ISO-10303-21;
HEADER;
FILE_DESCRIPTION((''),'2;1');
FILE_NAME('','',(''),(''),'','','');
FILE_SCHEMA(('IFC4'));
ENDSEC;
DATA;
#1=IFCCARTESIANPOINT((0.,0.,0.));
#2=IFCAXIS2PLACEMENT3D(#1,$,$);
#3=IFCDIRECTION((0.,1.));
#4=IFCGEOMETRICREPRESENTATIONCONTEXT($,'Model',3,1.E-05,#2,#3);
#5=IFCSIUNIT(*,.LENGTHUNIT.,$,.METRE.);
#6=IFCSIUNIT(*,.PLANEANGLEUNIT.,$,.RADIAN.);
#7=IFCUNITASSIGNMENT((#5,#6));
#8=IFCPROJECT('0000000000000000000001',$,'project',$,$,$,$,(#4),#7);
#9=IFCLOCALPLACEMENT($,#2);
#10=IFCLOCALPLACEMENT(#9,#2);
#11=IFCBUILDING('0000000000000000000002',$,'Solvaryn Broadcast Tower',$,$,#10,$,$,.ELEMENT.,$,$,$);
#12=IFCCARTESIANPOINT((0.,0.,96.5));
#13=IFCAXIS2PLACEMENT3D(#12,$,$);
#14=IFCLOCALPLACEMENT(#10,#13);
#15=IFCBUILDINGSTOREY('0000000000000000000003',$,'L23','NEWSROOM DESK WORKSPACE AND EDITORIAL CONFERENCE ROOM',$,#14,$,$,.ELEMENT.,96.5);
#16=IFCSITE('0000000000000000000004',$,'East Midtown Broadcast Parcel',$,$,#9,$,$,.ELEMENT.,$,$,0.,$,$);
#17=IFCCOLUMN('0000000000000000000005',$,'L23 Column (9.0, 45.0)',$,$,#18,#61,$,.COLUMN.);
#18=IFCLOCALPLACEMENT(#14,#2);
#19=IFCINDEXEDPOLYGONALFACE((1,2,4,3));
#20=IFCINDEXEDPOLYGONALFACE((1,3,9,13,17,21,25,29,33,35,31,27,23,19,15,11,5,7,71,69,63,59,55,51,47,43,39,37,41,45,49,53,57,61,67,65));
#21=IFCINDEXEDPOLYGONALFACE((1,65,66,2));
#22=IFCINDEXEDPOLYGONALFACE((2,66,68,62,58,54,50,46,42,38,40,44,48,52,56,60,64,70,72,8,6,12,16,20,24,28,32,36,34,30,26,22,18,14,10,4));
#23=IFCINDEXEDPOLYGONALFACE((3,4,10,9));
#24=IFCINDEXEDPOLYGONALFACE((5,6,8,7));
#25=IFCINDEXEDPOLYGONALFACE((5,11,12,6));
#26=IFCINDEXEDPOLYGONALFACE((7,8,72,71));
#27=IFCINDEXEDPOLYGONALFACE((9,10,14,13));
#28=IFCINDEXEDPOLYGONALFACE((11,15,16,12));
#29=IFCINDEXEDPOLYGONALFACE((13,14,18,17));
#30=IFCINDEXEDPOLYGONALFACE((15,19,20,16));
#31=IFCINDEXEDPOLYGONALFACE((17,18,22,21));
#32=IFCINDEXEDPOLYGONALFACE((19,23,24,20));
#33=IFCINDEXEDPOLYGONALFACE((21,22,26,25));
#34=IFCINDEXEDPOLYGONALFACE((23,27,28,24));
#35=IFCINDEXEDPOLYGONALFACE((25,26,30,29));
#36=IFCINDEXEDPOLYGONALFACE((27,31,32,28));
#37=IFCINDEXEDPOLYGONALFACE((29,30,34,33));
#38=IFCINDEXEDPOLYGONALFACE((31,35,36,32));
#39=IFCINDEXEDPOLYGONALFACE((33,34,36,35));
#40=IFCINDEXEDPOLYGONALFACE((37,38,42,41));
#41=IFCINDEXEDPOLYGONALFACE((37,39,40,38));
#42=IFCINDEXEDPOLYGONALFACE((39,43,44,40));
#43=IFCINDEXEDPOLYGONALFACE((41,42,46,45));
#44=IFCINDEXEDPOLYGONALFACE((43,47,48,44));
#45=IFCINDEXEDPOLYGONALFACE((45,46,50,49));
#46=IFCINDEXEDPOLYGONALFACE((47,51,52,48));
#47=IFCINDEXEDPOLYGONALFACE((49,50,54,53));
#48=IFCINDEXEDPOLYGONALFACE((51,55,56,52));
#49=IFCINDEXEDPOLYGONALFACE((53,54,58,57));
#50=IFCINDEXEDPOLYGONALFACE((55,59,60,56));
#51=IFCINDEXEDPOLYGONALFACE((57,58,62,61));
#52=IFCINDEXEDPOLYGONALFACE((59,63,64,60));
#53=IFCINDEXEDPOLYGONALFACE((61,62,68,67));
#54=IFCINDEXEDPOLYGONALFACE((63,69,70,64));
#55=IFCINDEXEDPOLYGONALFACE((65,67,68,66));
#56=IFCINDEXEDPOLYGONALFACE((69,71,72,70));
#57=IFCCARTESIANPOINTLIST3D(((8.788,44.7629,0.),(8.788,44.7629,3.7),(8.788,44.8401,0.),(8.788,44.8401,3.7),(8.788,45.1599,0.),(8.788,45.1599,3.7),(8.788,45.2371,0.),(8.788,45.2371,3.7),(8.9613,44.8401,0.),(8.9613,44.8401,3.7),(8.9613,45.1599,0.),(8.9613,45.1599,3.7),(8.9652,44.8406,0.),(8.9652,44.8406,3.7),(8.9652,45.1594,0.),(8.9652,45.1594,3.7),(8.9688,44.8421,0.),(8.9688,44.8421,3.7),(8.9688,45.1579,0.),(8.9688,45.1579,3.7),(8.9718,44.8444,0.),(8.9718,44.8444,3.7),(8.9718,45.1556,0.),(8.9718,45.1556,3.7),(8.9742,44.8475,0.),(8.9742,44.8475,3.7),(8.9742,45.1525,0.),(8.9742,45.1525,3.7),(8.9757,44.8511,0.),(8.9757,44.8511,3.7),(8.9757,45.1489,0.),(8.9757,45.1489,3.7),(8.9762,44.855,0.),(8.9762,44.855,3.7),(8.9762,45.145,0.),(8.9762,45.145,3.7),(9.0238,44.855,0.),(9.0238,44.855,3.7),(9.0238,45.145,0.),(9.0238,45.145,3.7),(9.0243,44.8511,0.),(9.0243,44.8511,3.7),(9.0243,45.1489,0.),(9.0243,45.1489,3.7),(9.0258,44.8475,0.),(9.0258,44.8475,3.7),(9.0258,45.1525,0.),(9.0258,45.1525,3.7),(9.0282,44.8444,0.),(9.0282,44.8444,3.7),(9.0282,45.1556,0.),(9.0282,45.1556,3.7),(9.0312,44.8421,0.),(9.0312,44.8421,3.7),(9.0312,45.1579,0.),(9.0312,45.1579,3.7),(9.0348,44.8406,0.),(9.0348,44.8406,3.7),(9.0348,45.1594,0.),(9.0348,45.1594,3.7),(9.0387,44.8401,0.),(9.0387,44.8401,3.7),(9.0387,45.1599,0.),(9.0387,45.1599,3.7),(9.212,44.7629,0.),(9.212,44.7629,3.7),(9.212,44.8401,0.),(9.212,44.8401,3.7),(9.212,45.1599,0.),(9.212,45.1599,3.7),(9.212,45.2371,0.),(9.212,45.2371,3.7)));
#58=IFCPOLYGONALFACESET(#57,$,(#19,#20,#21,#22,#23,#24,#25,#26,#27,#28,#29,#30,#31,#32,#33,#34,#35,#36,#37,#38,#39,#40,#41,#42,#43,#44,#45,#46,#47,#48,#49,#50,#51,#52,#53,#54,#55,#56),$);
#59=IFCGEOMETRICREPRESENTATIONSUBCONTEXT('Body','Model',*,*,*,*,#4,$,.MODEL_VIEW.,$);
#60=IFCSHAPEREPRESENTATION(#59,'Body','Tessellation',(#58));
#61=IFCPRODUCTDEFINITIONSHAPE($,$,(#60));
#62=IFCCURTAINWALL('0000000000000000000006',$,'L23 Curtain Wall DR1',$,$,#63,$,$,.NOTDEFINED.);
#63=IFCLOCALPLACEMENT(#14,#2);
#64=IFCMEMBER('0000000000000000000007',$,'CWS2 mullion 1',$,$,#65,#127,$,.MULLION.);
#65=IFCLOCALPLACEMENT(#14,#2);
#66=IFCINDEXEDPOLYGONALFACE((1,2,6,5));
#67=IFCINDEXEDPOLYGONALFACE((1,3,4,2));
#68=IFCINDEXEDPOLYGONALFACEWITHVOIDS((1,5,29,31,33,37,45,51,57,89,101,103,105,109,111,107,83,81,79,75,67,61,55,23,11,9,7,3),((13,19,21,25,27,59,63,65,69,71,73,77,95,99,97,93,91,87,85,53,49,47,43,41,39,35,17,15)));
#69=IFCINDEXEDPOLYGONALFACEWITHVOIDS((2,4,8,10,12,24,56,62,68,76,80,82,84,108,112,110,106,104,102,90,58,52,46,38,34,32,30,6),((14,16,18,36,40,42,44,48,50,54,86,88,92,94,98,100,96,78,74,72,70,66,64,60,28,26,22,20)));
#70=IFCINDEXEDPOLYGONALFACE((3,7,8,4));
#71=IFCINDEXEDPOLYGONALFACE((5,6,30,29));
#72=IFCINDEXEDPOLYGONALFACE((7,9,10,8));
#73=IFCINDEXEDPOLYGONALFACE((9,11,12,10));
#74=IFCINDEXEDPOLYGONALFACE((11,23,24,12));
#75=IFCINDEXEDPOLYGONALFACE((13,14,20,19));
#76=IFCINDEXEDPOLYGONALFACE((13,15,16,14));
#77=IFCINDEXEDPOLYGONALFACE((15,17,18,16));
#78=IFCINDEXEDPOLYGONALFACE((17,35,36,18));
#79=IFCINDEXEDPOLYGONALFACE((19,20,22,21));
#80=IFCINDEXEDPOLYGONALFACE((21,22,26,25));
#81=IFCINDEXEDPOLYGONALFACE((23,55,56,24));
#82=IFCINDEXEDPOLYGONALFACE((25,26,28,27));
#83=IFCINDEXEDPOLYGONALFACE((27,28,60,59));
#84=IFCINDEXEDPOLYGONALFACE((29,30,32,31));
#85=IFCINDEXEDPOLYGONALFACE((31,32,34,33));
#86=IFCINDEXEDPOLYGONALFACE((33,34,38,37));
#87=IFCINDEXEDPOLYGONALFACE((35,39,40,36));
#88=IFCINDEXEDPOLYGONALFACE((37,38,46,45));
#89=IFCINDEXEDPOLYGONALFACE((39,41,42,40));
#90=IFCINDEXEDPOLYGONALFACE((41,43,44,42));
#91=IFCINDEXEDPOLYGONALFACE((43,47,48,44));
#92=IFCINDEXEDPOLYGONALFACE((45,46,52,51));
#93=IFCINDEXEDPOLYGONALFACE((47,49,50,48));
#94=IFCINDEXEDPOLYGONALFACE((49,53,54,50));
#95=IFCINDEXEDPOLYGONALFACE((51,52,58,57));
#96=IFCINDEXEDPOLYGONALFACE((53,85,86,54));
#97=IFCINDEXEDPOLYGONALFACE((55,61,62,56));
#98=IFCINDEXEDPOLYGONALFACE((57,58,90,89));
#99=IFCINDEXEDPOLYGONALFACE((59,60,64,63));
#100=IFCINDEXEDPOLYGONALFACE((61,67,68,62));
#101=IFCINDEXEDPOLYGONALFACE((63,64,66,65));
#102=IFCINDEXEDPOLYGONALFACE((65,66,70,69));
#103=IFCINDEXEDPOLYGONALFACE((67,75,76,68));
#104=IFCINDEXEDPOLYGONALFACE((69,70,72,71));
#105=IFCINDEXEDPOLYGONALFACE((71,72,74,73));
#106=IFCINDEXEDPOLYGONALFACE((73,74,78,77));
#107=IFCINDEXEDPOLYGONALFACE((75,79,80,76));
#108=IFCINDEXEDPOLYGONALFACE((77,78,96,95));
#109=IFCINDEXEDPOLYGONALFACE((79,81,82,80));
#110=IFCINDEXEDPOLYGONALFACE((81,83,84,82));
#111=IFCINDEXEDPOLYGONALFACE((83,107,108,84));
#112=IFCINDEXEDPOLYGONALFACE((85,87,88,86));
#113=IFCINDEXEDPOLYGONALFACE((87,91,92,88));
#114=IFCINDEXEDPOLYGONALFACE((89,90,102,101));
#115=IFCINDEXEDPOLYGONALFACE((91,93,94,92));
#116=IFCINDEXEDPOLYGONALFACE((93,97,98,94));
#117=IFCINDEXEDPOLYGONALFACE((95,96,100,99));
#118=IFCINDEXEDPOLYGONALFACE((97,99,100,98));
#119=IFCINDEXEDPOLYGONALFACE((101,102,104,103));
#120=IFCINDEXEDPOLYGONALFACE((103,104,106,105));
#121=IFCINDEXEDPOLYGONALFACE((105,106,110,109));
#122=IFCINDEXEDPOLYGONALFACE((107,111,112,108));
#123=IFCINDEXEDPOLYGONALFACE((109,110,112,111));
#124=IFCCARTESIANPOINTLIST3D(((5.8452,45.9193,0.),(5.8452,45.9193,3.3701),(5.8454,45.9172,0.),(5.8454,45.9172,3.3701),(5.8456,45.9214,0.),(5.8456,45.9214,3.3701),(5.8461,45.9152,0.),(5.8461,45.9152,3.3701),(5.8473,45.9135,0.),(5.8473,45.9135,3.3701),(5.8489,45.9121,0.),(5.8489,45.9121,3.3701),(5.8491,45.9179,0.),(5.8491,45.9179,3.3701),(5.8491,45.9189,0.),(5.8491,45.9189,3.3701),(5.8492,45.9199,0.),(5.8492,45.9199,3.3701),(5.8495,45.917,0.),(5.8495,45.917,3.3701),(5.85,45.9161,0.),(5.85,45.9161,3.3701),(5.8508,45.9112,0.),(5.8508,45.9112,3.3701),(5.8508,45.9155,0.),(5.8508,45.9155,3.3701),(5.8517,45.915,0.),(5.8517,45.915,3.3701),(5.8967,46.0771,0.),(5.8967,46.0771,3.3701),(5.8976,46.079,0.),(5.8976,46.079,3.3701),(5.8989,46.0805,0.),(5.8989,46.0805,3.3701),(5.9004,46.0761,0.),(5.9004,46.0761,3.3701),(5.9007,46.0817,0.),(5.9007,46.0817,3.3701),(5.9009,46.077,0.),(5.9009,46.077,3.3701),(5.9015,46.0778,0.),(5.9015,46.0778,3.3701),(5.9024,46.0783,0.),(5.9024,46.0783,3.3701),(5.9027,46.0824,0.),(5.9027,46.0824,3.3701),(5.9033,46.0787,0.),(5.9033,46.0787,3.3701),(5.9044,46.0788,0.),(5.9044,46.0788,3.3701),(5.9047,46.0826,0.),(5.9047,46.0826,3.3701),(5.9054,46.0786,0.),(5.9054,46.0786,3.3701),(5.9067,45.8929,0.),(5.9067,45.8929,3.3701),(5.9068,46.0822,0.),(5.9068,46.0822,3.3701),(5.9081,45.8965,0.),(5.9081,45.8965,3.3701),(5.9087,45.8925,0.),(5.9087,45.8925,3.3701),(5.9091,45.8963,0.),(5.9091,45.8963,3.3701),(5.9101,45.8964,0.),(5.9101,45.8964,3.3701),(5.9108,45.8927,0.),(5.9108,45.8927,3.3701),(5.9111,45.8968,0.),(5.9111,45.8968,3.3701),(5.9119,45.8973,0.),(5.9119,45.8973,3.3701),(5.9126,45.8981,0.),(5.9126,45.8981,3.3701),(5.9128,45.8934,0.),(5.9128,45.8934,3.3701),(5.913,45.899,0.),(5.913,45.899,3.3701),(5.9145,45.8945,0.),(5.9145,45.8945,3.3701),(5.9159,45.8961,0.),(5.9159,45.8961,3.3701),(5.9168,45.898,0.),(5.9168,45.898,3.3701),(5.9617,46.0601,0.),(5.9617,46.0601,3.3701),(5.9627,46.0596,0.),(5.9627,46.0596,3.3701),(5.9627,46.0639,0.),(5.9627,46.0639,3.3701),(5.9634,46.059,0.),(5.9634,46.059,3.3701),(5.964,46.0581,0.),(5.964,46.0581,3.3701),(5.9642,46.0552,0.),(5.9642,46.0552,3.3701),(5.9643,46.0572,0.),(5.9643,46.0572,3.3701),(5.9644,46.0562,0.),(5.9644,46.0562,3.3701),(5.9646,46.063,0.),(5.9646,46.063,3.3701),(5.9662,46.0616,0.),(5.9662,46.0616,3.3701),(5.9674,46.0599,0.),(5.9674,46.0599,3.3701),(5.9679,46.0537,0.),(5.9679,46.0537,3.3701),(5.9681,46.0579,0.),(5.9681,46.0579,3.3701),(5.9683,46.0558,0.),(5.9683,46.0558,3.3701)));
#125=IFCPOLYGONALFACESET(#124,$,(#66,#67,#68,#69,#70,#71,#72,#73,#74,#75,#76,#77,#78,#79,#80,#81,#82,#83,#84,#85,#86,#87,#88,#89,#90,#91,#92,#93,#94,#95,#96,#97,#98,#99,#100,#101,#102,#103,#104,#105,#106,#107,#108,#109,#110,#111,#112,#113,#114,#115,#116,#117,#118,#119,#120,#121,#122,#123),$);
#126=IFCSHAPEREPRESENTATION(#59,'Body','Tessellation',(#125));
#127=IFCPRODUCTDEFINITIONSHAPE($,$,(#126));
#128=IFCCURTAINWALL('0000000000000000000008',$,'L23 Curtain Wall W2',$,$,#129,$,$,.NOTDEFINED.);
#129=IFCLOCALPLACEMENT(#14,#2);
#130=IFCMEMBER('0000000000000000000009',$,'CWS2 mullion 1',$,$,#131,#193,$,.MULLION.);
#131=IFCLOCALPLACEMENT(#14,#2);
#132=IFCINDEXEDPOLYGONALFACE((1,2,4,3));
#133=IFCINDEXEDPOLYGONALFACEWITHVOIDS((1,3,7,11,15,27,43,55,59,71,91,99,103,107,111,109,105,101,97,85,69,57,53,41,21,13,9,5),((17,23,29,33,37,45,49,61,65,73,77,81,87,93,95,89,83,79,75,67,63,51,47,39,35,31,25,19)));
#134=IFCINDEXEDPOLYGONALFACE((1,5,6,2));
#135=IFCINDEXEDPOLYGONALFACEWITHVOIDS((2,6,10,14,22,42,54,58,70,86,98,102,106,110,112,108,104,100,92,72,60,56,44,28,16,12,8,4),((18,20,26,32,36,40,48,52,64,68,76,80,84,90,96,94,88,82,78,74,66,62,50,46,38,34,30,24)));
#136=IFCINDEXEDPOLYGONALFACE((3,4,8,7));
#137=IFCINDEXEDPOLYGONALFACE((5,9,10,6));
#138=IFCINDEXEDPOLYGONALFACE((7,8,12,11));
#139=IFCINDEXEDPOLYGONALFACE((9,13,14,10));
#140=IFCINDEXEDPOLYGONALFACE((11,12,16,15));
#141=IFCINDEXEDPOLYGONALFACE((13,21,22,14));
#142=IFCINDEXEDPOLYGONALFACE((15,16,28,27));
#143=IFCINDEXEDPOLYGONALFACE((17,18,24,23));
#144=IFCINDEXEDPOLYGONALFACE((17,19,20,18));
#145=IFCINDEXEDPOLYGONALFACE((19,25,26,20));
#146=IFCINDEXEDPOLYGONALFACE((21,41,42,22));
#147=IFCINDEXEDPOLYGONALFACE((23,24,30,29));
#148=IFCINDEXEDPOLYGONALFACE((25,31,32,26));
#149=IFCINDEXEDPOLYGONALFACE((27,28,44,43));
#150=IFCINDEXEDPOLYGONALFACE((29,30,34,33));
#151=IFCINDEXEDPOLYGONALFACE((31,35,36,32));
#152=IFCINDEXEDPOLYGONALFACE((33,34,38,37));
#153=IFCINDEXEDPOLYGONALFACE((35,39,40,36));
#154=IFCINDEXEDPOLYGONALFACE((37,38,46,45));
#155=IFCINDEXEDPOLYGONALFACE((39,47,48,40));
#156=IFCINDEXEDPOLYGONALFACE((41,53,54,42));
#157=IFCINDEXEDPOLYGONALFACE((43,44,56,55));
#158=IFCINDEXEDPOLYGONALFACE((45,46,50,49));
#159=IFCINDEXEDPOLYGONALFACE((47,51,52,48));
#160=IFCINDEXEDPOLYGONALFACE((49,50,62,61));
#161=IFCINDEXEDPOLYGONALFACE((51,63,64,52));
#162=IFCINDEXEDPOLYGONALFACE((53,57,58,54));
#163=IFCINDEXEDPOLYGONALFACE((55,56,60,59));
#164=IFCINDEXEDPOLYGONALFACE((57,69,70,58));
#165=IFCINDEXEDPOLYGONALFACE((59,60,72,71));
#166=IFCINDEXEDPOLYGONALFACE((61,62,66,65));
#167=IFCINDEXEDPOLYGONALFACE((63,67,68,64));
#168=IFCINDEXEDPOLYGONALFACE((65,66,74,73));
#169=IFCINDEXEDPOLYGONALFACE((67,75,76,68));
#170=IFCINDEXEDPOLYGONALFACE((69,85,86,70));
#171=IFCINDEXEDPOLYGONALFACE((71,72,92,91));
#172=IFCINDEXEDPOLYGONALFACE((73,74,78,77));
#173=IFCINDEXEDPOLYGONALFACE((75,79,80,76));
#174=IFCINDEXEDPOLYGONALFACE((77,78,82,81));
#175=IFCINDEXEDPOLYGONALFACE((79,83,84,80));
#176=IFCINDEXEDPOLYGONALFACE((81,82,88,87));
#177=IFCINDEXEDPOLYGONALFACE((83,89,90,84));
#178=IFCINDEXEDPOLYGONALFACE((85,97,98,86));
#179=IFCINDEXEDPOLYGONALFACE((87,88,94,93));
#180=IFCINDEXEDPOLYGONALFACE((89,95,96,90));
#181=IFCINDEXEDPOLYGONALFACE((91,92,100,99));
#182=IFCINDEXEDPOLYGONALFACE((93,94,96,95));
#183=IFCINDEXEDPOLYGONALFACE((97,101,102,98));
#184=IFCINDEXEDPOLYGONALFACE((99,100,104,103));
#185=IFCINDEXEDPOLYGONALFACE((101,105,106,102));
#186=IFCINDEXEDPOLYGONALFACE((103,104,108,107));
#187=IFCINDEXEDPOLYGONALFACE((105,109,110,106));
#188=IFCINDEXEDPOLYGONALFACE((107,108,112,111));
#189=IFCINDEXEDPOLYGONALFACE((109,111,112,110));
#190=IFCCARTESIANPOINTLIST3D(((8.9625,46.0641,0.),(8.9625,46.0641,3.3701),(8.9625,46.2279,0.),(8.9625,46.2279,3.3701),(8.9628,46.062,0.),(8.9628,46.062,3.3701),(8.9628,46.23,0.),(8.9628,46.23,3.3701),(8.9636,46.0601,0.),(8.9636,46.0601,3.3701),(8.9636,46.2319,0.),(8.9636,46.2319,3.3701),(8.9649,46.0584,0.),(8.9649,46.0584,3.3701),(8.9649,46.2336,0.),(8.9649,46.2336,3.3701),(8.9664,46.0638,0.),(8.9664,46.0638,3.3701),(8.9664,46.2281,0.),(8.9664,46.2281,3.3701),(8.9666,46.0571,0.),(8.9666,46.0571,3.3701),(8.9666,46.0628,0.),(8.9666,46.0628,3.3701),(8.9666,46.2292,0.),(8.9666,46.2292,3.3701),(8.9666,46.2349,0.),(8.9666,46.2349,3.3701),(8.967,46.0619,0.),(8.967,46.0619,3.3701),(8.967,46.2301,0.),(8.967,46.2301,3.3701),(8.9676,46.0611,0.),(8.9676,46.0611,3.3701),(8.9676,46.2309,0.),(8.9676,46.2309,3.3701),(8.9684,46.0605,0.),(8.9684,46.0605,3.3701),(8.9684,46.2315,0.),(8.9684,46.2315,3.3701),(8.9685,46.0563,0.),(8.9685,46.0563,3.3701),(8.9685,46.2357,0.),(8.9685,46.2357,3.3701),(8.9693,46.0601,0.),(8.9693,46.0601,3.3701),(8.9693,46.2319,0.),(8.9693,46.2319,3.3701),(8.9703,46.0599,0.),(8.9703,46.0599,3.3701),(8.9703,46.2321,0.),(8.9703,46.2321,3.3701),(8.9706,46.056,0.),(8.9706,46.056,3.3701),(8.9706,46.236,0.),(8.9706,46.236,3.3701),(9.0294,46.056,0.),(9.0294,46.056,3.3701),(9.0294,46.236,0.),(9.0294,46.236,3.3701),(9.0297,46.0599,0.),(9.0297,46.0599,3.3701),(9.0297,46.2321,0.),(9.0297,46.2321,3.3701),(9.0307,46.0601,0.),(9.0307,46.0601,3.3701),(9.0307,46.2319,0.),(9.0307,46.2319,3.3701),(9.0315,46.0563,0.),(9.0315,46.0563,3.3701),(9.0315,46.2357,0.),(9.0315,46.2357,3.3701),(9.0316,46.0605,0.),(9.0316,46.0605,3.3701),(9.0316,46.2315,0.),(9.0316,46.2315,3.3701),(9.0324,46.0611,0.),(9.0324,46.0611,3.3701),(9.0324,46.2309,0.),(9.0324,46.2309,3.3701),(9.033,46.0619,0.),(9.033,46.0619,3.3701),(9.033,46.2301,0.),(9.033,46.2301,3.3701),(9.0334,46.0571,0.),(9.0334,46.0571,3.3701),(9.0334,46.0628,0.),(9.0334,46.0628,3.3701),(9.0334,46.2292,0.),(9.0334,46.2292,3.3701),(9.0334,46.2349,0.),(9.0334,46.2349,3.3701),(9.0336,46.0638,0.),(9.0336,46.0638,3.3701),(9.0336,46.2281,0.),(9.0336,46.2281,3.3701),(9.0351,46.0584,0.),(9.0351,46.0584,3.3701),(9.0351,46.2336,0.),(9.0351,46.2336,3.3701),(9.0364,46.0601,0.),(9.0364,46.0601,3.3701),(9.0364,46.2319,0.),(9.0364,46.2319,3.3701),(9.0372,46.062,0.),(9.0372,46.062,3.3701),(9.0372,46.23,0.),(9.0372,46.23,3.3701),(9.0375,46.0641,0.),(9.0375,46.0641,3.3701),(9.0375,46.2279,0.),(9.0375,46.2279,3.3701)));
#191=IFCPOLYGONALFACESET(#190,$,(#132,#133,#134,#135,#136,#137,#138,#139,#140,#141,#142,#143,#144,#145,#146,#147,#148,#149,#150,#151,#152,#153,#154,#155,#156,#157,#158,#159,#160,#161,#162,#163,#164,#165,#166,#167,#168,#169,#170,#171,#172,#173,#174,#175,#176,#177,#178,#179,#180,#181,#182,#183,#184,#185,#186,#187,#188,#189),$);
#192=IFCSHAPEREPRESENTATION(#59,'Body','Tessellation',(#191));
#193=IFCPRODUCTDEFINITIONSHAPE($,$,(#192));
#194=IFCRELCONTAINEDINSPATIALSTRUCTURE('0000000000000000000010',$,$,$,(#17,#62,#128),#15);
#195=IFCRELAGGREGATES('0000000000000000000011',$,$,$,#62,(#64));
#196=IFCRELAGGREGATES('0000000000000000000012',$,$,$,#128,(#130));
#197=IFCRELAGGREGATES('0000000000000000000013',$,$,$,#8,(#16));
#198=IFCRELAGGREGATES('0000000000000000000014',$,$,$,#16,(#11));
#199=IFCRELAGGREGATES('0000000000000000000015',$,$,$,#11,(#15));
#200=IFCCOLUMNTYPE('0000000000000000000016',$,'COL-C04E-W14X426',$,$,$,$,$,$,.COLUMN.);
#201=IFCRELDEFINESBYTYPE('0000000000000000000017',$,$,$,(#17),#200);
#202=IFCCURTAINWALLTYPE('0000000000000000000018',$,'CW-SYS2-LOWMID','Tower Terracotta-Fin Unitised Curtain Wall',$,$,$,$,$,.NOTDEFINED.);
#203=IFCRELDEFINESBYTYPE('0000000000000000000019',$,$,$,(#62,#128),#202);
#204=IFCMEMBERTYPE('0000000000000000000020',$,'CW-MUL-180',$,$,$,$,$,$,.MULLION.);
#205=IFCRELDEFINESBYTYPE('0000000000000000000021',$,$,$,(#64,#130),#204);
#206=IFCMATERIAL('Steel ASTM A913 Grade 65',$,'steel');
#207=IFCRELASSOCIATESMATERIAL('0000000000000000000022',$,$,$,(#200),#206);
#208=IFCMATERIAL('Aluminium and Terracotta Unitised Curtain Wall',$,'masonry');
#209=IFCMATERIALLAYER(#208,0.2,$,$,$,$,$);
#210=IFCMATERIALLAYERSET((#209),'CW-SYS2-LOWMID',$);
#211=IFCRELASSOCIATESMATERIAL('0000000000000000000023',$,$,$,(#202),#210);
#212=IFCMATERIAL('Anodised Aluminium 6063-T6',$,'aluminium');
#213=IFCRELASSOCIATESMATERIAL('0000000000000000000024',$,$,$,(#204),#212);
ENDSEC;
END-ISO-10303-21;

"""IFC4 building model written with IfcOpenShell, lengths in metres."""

from ifc_helpers import new_model, si_unit, direction, frame, origin, origin_2d, place, context, subcontext, project, spatial, hollow_rectangle, i_section, extrude, material, layer, layer_set, material_profile, profile_set, type_object, element, aggregate, save


model = new_model("IFC4")

# Units and contexts
model_context = context("Model", 3, precision=1e-05, world=origin(), true_north=direction((0.0, 1.0)))
body_context = subcontext(model_context, "Body", "Model", "MODEL_VIEW")
ifc_project = project(units=[si_unit("LENGTHUNIT", "METRE"), si_unit("PLANEANGLEUNIT", "RADIAN")], contexts=[model_context])

# Site, building, storey
site_placement = place(None, origin())
site = spatial("IfcSite", under=ifc_project, at=site_placement, Name="East Midtown Broadcast Parcel", CompositionType="ELEMENT", RefElevation=0.0)
building_placement = place(site_placement, origin())
building = spatial("IfcBuilding", under=site, at=building_placement, Name="Solvaryn Broadcast Tower", CompositionType="ELEMENT")
storey_placement = place(building_placement, frame((0.0, 0.0, 96.5)))
storey = spatial("IfcBuildingStorey", under=building, at=storey_placement, Name="L23", Description="NEWSROOM DESK WORKSPACE AND EDITORIAL CONFERENCE ROOM", CompositionType="ELEMENT", Elevation=96.5)

# Column
ifc_material_1 = material(Name="Steel ASTM A913 Grade 65", Category="steel")
ifc_material_profile_1 = material_profile(ifc_material_1, i_section(OverallWidth=0.4241, OverallDepth=0.4741, WebThickness=0.0476, FlangeThickness=0.0771, FilletRadius=0.0149, at=origin_2d()))
ifc_profile_set_1 = profile_set([ifc_material_profile_1], Name="Steel ASTM A913 Grade 65")
column_type = type_object("IfcColumnType", Name="COL-C04E-W14X426", PredefinedType="COLUMN", material=ifc_profile_set_1)
column_placement = place(storey_placement, frame((9.0, 45.0, 0.0), z_axis=(0.0, 0.0, 1.0), x_axis=(1.0, 0.0, 0.0)))
element("IfcColumn", 1, at=column_placement, inside=storey, type_object=column_type, Name="L23 Column (9.0, 45.0)", PredefinedType="COLUMN", context=body_context, shape_type="SweptSolid", body=[
    extrude(i_section(OverallWidth=0.4241, OverallDepth=0.4741, WebThickness=0.0476, FlangeThickness=0.0771, FilletRadius=0.0149, at=origin_2d()), origin(), (0.0, 0.0, 1.0), 3.7),
])

# Curtain wall, member
ifc_material_2 = material(Name="Aluminium and Terracotta Unitised Curtain Wall", Category="masonry")
ifc_layer_1 = layer(ifc_material_2, 0.2)
ifc_layer_set_1 = layer_set([ifc_layer_1], Name="CW-SYS2-LOWMID")
curtain_wall_type = type_object("IfcCurtainWallType", Name="CW-SYS2-LOWMID", Description="Tower Terracotta-Fin Unitised Curtain Wall", PredefinedType="NOTDEFINED", material=ifc_layer_set_1)
curtain_wall_1_placement = place(storey_placement, origin())
curtain_wall_1 = element("IfcCurtainWall", 2, at=curtain_wall_1_placement, inside=storey, type_object=curtain_wall_type, Name="L23 Curtain Wall DR1", PredefinedType="NOTDEFINED")
ifc_material_3 = material(Name="Anodised Aluminium 6063-T6", Category="aluminium")
ifc_material_profile_2 = material_profile(ifc_material_3, hollow_rectangle(XDim=0.075, YDim=0.1799, WallThickness=0.0039, InnerFilletRadius=0.0039, OuterFilletRadius=0.0081, at=origin_2d()))
ifc_profile_set_2 = profile_set([ifc_material_profile_2], Name="Anodised Aluminium 6063-T6")
member_type_1 = type_object("IfcMemberType", Name="CW-MUL-180", PredefinedType="MULLION", material=ifc_profile_set_2)
member_1_placement = place(storey_placement, frame((5.9067, 45.9875, 0.0), z_axis=(0.0, 0.0, 1.0), x_axis=(0.950215, -0.311594, 0.0)))
member_1 = element("IfcMember", 3, at=member_1_placement, type_object=member_type_1, Name="CWS2 mullion 1", PredefinedType="MULLION", context=body_context, shape_type="SweptSolid", body=[
    extrude(hollow_rectangle(XDim=0.075, YDim=0.1799, WallThickness=0.0039, InnerFilletRadius=0.0039, OuterFilletRadius=0.0081, at=origin_2d()), origin(), (0.0, 0.0, 1.0), 3.3701),
])

# Curtain wall, member
curtain_wall_2_placement = place(storey_placement, origin())
curtain_wall_2 = element("IfcCurtainWall", 4, at=curtain_wall_2_placement, inside=storey, type_object=curtain_wall_type, Name="L23 Curtain Wall W2", PredefinedType="NOTDEFINED")
member_2_placement = place(storey_placement, frame((9.0, 46.146, 0.0), z_axis=(0.0, 0.0, 1.0), x_axis=(-1.0, 0.0, 0.0)))
member_2 = element("IfcMember", 5, at=member_2_placement, type_object=member_type_1, Name="CWS2 mullion 1", PredefinedType="MULLION", context=body_context, shape_type="SweptSolid", body=[
    extrude(hollow_rectangle(XDim=0.075, YDim=0.1799, WallThickness=0.0039, InnerFilletRadius=0.0039, OuterFilletRadius=0.0081, at=origin_2d()), origin(), (0.0, 0.0, 1.0), 3.3701),
])

aggregate(curtain_wall_1, [member_1])

aggregate(curtain_wall_2, [member_2])

save(model, "model.ifc")
